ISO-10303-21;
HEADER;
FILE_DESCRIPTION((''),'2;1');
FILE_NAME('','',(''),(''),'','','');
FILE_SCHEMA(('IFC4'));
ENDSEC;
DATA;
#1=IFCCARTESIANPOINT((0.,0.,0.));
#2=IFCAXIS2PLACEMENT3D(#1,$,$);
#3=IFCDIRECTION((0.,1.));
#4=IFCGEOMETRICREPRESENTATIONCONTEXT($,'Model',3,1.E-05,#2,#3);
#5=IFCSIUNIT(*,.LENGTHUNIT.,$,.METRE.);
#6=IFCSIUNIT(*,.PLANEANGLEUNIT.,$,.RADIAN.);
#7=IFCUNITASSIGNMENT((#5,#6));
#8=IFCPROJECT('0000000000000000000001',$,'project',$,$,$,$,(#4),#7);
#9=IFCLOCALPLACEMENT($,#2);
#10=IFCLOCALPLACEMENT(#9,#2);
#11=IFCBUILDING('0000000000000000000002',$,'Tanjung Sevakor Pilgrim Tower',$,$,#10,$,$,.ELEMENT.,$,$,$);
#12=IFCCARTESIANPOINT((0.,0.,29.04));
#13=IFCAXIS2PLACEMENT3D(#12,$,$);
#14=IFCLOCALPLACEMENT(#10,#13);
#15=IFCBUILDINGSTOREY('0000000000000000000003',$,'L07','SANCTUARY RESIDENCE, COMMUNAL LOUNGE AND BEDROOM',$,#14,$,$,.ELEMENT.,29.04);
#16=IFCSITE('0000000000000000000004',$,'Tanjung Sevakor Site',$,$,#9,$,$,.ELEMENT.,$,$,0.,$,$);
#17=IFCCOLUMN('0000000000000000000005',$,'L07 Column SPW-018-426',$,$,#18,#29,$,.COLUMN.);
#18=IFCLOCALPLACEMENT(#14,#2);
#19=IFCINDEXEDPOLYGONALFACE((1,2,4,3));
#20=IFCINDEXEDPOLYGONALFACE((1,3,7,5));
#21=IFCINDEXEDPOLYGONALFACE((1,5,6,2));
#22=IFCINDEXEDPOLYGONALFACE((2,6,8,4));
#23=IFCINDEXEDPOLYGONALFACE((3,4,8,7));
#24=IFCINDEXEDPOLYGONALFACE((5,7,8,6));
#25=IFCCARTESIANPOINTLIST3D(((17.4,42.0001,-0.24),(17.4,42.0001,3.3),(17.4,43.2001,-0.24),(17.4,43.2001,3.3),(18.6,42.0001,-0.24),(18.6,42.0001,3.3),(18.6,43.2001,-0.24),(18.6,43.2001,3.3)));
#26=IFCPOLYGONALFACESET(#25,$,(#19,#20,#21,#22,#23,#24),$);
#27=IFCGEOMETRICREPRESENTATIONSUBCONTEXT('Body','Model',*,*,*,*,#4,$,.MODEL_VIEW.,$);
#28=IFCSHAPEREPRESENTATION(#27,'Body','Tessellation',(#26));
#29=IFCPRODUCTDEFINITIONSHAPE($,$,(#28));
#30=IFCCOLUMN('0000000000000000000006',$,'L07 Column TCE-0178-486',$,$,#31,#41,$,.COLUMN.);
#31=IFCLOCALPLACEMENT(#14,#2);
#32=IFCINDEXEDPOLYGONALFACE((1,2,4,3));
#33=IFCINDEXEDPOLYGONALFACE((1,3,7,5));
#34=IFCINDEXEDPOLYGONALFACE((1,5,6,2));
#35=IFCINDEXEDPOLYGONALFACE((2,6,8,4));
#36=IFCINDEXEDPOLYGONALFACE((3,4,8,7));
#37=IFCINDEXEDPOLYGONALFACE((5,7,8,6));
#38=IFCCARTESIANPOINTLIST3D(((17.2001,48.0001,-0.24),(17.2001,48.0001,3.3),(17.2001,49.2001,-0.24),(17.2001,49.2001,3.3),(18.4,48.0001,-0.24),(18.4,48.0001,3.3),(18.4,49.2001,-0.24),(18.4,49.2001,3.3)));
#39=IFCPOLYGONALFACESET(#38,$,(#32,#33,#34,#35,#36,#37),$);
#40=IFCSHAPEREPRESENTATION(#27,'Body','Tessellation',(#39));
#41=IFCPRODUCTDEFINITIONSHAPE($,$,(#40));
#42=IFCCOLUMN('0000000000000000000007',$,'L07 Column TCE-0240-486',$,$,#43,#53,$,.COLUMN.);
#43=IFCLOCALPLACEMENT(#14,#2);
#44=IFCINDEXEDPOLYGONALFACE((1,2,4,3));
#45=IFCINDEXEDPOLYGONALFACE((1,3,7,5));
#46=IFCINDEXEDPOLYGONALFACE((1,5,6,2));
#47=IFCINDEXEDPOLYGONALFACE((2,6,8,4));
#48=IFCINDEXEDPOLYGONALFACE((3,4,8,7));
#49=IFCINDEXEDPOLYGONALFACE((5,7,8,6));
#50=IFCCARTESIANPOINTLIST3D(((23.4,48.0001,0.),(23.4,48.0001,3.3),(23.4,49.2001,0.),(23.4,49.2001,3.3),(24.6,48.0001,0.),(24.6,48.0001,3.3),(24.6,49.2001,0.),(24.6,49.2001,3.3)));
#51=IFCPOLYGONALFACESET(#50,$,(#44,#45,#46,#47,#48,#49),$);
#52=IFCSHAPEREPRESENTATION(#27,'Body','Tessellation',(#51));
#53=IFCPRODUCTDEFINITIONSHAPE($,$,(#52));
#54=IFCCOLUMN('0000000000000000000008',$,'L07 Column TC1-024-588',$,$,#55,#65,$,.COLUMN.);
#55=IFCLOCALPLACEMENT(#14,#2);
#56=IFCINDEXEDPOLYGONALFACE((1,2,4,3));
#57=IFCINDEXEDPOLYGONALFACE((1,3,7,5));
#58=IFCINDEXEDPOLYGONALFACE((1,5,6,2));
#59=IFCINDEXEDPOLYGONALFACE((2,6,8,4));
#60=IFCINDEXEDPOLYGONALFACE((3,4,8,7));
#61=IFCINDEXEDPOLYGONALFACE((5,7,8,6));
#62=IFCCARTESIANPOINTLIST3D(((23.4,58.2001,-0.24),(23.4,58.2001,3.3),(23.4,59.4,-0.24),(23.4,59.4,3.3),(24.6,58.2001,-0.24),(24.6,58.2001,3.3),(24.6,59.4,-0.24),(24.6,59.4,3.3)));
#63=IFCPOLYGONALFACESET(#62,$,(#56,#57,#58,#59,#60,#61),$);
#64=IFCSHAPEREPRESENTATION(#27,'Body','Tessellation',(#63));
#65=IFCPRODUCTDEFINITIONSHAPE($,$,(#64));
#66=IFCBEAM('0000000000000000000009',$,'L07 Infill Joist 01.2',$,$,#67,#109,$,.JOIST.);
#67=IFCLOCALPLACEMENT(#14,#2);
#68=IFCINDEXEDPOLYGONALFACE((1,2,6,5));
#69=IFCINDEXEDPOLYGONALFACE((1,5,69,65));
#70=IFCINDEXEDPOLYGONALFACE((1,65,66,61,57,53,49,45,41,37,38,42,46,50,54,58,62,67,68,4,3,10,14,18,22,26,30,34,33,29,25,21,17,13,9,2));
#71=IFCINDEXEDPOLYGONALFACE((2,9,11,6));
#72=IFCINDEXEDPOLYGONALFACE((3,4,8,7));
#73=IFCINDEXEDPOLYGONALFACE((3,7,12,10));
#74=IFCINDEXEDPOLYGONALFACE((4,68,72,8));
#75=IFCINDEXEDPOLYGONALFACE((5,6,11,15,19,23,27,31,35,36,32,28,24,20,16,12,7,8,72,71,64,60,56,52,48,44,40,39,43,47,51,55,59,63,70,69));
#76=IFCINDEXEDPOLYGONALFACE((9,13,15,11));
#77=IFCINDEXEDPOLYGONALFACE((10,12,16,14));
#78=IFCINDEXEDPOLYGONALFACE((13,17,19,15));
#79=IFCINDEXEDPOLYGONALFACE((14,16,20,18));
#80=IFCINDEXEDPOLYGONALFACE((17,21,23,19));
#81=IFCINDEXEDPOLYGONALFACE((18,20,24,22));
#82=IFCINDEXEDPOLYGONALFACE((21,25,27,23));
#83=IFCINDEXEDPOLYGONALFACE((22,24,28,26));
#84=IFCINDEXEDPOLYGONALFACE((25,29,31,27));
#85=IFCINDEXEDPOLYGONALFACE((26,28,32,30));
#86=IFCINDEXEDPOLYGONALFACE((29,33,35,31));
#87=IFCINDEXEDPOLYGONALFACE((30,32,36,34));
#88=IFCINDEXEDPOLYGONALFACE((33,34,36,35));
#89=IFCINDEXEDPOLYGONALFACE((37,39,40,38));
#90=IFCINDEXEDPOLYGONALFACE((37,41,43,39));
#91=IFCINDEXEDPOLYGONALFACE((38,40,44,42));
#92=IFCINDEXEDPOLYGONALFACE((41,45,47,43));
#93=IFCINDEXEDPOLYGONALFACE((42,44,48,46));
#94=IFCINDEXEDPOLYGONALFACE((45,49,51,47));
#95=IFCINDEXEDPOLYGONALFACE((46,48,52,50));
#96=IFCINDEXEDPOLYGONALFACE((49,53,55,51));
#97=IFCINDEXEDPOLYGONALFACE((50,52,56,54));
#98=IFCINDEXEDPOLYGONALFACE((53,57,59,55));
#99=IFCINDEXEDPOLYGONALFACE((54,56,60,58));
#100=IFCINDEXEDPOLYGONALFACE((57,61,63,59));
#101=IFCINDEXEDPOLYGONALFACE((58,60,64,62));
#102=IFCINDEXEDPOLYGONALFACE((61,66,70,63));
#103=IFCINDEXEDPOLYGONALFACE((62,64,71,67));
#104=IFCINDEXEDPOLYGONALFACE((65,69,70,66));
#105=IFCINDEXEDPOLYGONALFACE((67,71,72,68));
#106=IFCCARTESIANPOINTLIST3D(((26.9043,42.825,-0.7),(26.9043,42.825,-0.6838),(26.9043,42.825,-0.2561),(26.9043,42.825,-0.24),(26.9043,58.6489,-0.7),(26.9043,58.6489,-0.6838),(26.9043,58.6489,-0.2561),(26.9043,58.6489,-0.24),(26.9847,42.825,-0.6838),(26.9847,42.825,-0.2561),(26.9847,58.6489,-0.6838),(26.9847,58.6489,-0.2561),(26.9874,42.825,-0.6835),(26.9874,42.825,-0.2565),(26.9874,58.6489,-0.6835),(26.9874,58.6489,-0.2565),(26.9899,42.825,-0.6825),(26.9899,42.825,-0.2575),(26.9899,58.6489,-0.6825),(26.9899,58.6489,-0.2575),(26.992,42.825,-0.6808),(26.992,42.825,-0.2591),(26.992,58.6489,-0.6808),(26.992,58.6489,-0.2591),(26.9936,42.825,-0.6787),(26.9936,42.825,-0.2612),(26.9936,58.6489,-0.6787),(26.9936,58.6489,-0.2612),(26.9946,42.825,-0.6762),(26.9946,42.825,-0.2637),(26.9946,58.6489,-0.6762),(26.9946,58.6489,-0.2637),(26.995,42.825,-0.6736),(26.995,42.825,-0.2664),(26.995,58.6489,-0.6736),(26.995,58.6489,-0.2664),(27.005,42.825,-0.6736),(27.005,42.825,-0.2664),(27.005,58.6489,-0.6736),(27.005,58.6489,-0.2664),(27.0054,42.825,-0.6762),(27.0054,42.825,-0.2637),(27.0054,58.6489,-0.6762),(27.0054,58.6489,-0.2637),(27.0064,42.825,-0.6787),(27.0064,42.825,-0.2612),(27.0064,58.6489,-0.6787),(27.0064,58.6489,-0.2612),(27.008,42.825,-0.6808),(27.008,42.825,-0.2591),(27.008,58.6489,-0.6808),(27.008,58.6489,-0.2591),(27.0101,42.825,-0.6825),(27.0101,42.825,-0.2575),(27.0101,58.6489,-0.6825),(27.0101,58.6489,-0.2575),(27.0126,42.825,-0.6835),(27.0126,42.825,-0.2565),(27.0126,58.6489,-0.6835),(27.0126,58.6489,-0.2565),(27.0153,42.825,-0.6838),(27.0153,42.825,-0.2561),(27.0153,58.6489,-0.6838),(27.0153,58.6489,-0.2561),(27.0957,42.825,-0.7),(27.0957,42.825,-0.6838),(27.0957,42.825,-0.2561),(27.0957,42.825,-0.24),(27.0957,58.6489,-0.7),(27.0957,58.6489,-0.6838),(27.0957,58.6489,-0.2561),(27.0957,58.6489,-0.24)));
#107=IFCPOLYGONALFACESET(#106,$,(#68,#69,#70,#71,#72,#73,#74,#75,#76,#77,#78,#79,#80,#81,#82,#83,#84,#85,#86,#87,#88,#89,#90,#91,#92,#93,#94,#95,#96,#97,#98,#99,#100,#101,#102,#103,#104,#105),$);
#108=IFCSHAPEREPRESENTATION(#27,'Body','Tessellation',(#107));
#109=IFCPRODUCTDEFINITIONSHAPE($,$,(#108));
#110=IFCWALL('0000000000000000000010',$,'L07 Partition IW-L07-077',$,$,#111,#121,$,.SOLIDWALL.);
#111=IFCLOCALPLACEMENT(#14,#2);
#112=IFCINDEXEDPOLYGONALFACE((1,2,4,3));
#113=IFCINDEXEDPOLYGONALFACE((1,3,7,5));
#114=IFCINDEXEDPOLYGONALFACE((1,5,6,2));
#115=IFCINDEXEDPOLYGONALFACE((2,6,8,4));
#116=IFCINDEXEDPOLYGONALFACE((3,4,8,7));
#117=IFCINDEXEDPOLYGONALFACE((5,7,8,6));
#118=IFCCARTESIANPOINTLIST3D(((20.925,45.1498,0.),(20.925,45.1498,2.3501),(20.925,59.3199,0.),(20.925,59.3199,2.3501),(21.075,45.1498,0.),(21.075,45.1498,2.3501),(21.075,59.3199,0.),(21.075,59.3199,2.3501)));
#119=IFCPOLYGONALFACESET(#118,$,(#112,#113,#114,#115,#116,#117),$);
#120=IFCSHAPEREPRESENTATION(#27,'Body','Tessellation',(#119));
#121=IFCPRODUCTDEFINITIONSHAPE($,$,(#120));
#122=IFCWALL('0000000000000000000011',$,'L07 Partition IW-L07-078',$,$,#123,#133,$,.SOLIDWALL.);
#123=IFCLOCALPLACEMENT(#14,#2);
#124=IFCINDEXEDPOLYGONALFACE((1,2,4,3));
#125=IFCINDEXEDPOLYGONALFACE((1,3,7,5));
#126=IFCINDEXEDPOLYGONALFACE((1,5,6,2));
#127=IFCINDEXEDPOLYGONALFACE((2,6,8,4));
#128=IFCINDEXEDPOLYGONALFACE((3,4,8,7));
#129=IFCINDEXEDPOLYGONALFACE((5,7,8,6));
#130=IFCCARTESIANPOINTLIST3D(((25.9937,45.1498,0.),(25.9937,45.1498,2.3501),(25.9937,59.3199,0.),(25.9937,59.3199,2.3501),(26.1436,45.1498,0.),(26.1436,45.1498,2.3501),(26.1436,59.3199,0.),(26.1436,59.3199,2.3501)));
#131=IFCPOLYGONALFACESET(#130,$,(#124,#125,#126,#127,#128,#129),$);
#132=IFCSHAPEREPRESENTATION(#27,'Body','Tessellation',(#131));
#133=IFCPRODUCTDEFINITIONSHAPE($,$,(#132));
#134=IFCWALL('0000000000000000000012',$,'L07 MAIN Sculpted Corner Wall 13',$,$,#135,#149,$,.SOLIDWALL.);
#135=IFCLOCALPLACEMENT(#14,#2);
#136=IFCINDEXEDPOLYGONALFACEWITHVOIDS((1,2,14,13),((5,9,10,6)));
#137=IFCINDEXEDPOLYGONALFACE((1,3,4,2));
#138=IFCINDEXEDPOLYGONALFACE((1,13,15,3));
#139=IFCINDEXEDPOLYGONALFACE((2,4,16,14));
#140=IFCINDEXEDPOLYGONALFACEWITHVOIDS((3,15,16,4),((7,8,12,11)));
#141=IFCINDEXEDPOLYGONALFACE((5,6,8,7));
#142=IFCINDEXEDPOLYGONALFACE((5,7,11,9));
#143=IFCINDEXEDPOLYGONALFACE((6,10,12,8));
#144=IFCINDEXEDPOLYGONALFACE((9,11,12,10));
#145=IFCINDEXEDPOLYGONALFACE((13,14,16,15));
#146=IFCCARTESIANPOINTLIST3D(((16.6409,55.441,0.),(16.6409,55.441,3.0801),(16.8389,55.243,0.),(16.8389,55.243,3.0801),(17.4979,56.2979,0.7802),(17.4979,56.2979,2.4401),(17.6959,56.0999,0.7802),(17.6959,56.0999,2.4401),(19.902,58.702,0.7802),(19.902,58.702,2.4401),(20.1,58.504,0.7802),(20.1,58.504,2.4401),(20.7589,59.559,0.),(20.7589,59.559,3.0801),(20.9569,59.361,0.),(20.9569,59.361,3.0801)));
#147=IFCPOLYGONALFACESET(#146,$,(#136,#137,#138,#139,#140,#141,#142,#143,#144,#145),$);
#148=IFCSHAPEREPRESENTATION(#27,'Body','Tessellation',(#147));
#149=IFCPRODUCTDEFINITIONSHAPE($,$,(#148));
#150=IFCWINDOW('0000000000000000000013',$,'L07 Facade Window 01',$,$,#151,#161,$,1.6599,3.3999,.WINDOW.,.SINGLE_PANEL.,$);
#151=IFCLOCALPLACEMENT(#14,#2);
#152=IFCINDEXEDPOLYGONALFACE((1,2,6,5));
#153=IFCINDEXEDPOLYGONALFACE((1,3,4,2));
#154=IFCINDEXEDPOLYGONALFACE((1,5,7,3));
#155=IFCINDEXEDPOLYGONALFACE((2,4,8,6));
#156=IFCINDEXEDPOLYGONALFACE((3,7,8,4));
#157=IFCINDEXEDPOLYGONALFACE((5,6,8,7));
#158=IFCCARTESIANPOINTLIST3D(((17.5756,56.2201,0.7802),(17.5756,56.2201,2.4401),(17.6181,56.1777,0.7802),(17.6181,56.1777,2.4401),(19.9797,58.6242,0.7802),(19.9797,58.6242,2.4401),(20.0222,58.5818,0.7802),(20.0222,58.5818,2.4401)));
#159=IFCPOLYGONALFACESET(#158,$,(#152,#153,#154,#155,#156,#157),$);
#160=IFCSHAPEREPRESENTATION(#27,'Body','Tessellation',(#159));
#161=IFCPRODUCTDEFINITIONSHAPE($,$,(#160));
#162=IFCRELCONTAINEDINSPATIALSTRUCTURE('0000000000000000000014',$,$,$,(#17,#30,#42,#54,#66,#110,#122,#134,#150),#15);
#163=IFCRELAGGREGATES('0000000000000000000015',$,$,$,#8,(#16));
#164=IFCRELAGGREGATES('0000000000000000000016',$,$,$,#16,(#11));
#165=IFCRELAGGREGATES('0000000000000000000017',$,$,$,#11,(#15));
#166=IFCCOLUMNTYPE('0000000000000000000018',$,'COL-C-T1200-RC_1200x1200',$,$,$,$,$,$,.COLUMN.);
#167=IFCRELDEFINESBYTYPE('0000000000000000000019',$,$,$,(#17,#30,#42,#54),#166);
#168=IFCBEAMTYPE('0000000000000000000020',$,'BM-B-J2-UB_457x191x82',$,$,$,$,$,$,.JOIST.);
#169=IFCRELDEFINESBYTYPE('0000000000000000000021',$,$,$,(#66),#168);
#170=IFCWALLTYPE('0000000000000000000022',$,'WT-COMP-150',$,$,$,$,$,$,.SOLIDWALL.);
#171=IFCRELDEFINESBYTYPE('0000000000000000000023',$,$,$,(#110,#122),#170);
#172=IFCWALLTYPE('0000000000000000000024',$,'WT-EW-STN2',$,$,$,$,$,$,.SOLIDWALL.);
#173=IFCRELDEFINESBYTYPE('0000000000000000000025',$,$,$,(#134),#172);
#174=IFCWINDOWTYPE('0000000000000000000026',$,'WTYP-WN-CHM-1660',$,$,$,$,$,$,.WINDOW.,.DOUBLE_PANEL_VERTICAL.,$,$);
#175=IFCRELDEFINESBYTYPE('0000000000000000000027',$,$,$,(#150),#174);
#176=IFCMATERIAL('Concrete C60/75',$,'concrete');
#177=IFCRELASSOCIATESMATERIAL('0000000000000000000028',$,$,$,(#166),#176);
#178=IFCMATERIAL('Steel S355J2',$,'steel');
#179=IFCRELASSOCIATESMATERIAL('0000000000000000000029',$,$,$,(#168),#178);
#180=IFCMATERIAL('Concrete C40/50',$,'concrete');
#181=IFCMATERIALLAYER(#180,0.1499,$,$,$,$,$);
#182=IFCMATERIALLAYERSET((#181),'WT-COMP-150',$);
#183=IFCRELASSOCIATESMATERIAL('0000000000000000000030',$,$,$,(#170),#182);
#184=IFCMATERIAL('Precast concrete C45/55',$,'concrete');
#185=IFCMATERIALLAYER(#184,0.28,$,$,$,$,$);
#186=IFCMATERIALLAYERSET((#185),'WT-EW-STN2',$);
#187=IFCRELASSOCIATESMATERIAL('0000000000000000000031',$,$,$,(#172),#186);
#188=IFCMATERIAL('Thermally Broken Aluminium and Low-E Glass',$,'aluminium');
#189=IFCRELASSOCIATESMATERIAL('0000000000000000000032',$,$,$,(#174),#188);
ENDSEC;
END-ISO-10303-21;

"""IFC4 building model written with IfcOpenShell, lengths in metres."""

from ifc_helpers import new_model, si_unit, direction, frame, frame_2d, origin, origin_2d, place, context, subcontext, project, spatial, rectangle, i_section, extrude, material, layer, layer_set, material_profile, profile_set, type_object, element, fill, save


model = new_model("IFC4")

# Units and contexts
model_context = context("Model", 3, precision=1e-05, world=origin(), true_north=direction((0.0, 1.0)))
body_context = subcontext(model_context, "Body", "Model", "MODEL_VIEW")
ifc_project = project(units=[si_unit("LENGTHUNIT", "METRE"), si_unit("PLANEANGLEUNIT", "RADIAN")], contexts=[model_context])

# Site, building, storey
site_placement = place(None, origin())
site = spatial("IfcSite", under=ifc_project, at=site_placement, Name="Tanjung Sevakor Site", CompositionType="ELEMENT", RefElevation=0.0)
building_placement = place(site_placement, origin())
building = spatial("IfcBuilding", under=site, at=building_placement, Name="Tanjung Sevakor Pilgrim Tower", CompositionType="ELEMENT")
storey_placement = place(building_placement, frame((0.0, 0.0, 29.04)))
storey = spatial("IfcBuildingStorey", under=building, at=storey_placement, Name="L07", Description="SANCTUARY RESIDENCE, COMMUNAL LOUNGE AND BEDROOM", CompositionType="ELEMENT", Elevation=29.04)

# Columns
ifc_material_1 = material(Name="Concrete C60/75", Category="concrete")
ifc_material_profile_1 = material_profile(ifc_material_1, rectangle(XDim=1.2, YDim=1.2, at=origin_2d()))
ifc_profile_set_1 = profile_set([ifc_material_profile_1], Name="Concrete C60/75")
column_type = type_object("IfcColumnType", Name="COL-C-T1200-RC_1200x1200", PredefinedType="COLUMN", material=ifc_profile_set_1)
for number, where, z_axis, x_axis, name in (
    (1, (18.0, 42.6001, -0.24), (0.0, 0.0, 1.0), (1.0, 0.0, 0.0), "L07 Column SPW-018-426"),
    (2, (17.8, 48.6001, -0.24), (0.0, 0.0, 1.0), (1.0, 0.0, 0.0), "L07 Column TCE-0178-486"),
):
    element("IfcColumn", number, at=place(storey_placement, frame(where, z_axis=z_axis, x_axis=x_axis)), inside=storey, type_object=column_type, Name=name, PredefinedType="COLUMN", context=body_context, shape_type="SweptSolid", body=[
        extrude(rectangle(XDim=1.2, YDim=1.2, at=origin_2d()), origin(), (0.0, 0.0, 1.0), 3.54),
    ])
column_1_placement = place(storey_placement, frame((24.0, 48.6001, 0.0), z_axis=(0.0, 0.0, 1.0), x_axis=(1.0, 0.0, 0.0)))
element("IfcColumn", 3, at=column_1_placement, inside=storey, type_object=column_type, Name="L07 Column TCE-0240-486", PredefinedType="COLUMN", context=body_context, shape_type="SweptSolid", body=[
    extrude(rectangle(XDim=1.2, YDim=1.2, at=origin_2d()), origin(), (0.0, 0.0, 1.0), 3.3),
])
column_2_placement = place(storey_placement, frame((24.0, 58.8, -0.24), z_axis=(0.0, 0.0, 1.0), x_axis=(1.0, 0.0, 0.0)))
element("IfcColumn", 4, at=column_2_placement, inside=storey, type_object=column_type, Name="L07 Column TC1-024-588", PredefinedType="COLUMN", context=body_context, shape_type="SweptSolid", body=[
    extrude(rectangle(XDim=1.2, YDim=1.2, at=origin_2d()), origin(), (0.0, 0.0, 1.0), 3.54),
])

# Beam
ifc_material_2 = material(Name="Steel S355J2", Category="steel")
ifc_material_profile_2 = material_profile(ifc_material_2, i_section(OverallWidth=0.1914, OverallDepth=0.46, WebThickness=0.01, FlangeThickness=0.0161, FilletRadius=0.0103, at=origin_2d()))
ifc_profile_set_2 = profile_set([ifc_material_profile_2], Name="Steel S355J2")
beam_type = type_object("IfcBeamType", Name="BM-B-J2-UB_457x191x82", PredefinedType="JOIST", material=ifc_profile_set_2)
beam_placement = place(storey_placement, frame((27.0, 42.825, -0.47), z_axis=(0.0, 1.0, 0.0), x_axis=(-1.0, 0.0, 0.0)))
element("IfcBeam", 5, at=beam_placement, inside=storey, type_object=beam_type, Name="L07 Infill Joist 01.2", PredefinedType="JOIST", context=body_context, shape_type="SweptSolid", body=[
    extrude(i_section(OverallWidth=0.1914, OverallDepth=0.46, WebThickness=0.01, FlangeThickness=0.0161, FilletRadius=0.0103, at=origin_2d()), origin(), (0.0, 0.0, 1.0), 15.824),
])

# Walls
ifc_material_3 = material(Name="Concrete C40/50", Category="concrete")
ifc_layer_1 = layer(ifc_material_3, 0.1499)
ifc_layer_set_1 = layer_set([ifc_layer_1], Name="WT-COMP-150")
wall_type_1 = type_object("IfcWallType", Name="WT-COMP-150", PredefinedType="SOLIDWALL", material=ifc_layer_set_1)
for number, where, z_axis, x_axis, name in (
    (6, (21.0, 45.1499, 0.0), (0.0, 0.0, 1.0), (0.0, 1.0, 0.0), "L07 Partition IW-L07-077"),
    (7, (26.0686, 45.1499, 0.0), (0.0, 0.0, 1.0), (0.0, 1.0, 0.0), "L07 Partition IW-L07-078"),
):
    element("IfcWall", number, at=place(storey_placement, frame(where, z_axis=z_axis, x_axis=x_axis)), inside=storey, type_object=wall_type_1, Name=name, PredefinedType="SOLIDWALL", context=body_context, shape_type="SweptSolid", body=[
        extrude(rectangle(XDim=14.1702, YDim=0.1499, at=frame_2d((7.085, 0.0))), origin(), (0.0, 0.0, 1.0), 2.3501),
    ])

# Wall, opening, window
ifc_material_4 = material(Name="Precast concrete C45/55", Category="concrete")
ifc_layer_2 = layer(ifc_material_4, 0.28)
ifc_layer_set_2 = layer_set([ifc_layer_2], Name="WT-EW-STN2")
wall_type_2 = type_object("IfcWallType", Name="WT-EW-STN2", PredefinedType="SOLIDWALL", material=ifc_layer_set_2)
wall_1_placement = place(storey_placement, frame((20.8579, 59.46, 0.0), z_axis=(0.0, 0.0, 1.0), x_axis=(-0.707107, -0.707107, 0.0)))
wall_1 = element("IfcWall", 8, at=wall_1_placement, inside=storey, type_object=wall_type_2, Name="L07 MAIN Sculpted Corner Wall 13", PredefinedType="SOLIDWALL", context=body_context, shape_type="SweptSolid", body=[
    extrude(rectangle(XDim=5.8237, YDim=0.28, at=frame_2d((2.9119, 0.0))), origin(), (0.0, 0.0, 1.0), 3.0801),
])
opening_1_placement = place(wall_1_placement, frame((1.2119, 0.0, 0.78)))
opening_1 = element("IfcOpeningElement", 9, at=opening_1_placement, cuts=wall_1, PredefinedType="OPENING", context=body_context, shape_type="SweptSolid", body=[
    extrude(rectangle(XDim=3.3999, YDim=1.6599, at=frame_2d((1.7, 0.8301))), frame((0.0, 0.1499, 0.0), z_axis=(0.0, -1.0, 0.0), x_axis=(1.0, 0.0, 0.0)), (0.0, 0.0, 1.0), 0.3),
])
ifc_material_5 = material(Name="Thermally Broken Aluminium and Low-E Glass", Category="aluminium")
window_type_1 = type_object("IfcWindowType", Name="WTYP-WN-CHM-1660", PartitioningType="DOUBLE_PANEL_VERTICAL", PredefinedType="WINDOW", material=ifc_material_5)
window_1_placement = place(opening_1_placement, origin())
window_1 = element("IfcWindow", 10, at=window_1_placement, inside=storey, type_object=window_type_1, Name="L07 Facade Window 01", OverallHeight=1.6599, OverallWidth=3.3999, PartitioningType="SINGLE_PANEL", PredefinedType="WINDOW", context=body_context, shape_type="SweptSolid", body=[
    extrude(rectangle(XDim=3.3999, YDim=1.6599, at=frame_2d((1.7, 0.8301))), frame((0.0, 0.03, 0.0), z_axis=(0.0, -1.0, 0.0), x_axis=(1.0, 0.0, 0.0)), (0.0, 0.0, 1.0), 0.0601),
])
fill(opening_1, window_1)

save(model, "model.ifc")
